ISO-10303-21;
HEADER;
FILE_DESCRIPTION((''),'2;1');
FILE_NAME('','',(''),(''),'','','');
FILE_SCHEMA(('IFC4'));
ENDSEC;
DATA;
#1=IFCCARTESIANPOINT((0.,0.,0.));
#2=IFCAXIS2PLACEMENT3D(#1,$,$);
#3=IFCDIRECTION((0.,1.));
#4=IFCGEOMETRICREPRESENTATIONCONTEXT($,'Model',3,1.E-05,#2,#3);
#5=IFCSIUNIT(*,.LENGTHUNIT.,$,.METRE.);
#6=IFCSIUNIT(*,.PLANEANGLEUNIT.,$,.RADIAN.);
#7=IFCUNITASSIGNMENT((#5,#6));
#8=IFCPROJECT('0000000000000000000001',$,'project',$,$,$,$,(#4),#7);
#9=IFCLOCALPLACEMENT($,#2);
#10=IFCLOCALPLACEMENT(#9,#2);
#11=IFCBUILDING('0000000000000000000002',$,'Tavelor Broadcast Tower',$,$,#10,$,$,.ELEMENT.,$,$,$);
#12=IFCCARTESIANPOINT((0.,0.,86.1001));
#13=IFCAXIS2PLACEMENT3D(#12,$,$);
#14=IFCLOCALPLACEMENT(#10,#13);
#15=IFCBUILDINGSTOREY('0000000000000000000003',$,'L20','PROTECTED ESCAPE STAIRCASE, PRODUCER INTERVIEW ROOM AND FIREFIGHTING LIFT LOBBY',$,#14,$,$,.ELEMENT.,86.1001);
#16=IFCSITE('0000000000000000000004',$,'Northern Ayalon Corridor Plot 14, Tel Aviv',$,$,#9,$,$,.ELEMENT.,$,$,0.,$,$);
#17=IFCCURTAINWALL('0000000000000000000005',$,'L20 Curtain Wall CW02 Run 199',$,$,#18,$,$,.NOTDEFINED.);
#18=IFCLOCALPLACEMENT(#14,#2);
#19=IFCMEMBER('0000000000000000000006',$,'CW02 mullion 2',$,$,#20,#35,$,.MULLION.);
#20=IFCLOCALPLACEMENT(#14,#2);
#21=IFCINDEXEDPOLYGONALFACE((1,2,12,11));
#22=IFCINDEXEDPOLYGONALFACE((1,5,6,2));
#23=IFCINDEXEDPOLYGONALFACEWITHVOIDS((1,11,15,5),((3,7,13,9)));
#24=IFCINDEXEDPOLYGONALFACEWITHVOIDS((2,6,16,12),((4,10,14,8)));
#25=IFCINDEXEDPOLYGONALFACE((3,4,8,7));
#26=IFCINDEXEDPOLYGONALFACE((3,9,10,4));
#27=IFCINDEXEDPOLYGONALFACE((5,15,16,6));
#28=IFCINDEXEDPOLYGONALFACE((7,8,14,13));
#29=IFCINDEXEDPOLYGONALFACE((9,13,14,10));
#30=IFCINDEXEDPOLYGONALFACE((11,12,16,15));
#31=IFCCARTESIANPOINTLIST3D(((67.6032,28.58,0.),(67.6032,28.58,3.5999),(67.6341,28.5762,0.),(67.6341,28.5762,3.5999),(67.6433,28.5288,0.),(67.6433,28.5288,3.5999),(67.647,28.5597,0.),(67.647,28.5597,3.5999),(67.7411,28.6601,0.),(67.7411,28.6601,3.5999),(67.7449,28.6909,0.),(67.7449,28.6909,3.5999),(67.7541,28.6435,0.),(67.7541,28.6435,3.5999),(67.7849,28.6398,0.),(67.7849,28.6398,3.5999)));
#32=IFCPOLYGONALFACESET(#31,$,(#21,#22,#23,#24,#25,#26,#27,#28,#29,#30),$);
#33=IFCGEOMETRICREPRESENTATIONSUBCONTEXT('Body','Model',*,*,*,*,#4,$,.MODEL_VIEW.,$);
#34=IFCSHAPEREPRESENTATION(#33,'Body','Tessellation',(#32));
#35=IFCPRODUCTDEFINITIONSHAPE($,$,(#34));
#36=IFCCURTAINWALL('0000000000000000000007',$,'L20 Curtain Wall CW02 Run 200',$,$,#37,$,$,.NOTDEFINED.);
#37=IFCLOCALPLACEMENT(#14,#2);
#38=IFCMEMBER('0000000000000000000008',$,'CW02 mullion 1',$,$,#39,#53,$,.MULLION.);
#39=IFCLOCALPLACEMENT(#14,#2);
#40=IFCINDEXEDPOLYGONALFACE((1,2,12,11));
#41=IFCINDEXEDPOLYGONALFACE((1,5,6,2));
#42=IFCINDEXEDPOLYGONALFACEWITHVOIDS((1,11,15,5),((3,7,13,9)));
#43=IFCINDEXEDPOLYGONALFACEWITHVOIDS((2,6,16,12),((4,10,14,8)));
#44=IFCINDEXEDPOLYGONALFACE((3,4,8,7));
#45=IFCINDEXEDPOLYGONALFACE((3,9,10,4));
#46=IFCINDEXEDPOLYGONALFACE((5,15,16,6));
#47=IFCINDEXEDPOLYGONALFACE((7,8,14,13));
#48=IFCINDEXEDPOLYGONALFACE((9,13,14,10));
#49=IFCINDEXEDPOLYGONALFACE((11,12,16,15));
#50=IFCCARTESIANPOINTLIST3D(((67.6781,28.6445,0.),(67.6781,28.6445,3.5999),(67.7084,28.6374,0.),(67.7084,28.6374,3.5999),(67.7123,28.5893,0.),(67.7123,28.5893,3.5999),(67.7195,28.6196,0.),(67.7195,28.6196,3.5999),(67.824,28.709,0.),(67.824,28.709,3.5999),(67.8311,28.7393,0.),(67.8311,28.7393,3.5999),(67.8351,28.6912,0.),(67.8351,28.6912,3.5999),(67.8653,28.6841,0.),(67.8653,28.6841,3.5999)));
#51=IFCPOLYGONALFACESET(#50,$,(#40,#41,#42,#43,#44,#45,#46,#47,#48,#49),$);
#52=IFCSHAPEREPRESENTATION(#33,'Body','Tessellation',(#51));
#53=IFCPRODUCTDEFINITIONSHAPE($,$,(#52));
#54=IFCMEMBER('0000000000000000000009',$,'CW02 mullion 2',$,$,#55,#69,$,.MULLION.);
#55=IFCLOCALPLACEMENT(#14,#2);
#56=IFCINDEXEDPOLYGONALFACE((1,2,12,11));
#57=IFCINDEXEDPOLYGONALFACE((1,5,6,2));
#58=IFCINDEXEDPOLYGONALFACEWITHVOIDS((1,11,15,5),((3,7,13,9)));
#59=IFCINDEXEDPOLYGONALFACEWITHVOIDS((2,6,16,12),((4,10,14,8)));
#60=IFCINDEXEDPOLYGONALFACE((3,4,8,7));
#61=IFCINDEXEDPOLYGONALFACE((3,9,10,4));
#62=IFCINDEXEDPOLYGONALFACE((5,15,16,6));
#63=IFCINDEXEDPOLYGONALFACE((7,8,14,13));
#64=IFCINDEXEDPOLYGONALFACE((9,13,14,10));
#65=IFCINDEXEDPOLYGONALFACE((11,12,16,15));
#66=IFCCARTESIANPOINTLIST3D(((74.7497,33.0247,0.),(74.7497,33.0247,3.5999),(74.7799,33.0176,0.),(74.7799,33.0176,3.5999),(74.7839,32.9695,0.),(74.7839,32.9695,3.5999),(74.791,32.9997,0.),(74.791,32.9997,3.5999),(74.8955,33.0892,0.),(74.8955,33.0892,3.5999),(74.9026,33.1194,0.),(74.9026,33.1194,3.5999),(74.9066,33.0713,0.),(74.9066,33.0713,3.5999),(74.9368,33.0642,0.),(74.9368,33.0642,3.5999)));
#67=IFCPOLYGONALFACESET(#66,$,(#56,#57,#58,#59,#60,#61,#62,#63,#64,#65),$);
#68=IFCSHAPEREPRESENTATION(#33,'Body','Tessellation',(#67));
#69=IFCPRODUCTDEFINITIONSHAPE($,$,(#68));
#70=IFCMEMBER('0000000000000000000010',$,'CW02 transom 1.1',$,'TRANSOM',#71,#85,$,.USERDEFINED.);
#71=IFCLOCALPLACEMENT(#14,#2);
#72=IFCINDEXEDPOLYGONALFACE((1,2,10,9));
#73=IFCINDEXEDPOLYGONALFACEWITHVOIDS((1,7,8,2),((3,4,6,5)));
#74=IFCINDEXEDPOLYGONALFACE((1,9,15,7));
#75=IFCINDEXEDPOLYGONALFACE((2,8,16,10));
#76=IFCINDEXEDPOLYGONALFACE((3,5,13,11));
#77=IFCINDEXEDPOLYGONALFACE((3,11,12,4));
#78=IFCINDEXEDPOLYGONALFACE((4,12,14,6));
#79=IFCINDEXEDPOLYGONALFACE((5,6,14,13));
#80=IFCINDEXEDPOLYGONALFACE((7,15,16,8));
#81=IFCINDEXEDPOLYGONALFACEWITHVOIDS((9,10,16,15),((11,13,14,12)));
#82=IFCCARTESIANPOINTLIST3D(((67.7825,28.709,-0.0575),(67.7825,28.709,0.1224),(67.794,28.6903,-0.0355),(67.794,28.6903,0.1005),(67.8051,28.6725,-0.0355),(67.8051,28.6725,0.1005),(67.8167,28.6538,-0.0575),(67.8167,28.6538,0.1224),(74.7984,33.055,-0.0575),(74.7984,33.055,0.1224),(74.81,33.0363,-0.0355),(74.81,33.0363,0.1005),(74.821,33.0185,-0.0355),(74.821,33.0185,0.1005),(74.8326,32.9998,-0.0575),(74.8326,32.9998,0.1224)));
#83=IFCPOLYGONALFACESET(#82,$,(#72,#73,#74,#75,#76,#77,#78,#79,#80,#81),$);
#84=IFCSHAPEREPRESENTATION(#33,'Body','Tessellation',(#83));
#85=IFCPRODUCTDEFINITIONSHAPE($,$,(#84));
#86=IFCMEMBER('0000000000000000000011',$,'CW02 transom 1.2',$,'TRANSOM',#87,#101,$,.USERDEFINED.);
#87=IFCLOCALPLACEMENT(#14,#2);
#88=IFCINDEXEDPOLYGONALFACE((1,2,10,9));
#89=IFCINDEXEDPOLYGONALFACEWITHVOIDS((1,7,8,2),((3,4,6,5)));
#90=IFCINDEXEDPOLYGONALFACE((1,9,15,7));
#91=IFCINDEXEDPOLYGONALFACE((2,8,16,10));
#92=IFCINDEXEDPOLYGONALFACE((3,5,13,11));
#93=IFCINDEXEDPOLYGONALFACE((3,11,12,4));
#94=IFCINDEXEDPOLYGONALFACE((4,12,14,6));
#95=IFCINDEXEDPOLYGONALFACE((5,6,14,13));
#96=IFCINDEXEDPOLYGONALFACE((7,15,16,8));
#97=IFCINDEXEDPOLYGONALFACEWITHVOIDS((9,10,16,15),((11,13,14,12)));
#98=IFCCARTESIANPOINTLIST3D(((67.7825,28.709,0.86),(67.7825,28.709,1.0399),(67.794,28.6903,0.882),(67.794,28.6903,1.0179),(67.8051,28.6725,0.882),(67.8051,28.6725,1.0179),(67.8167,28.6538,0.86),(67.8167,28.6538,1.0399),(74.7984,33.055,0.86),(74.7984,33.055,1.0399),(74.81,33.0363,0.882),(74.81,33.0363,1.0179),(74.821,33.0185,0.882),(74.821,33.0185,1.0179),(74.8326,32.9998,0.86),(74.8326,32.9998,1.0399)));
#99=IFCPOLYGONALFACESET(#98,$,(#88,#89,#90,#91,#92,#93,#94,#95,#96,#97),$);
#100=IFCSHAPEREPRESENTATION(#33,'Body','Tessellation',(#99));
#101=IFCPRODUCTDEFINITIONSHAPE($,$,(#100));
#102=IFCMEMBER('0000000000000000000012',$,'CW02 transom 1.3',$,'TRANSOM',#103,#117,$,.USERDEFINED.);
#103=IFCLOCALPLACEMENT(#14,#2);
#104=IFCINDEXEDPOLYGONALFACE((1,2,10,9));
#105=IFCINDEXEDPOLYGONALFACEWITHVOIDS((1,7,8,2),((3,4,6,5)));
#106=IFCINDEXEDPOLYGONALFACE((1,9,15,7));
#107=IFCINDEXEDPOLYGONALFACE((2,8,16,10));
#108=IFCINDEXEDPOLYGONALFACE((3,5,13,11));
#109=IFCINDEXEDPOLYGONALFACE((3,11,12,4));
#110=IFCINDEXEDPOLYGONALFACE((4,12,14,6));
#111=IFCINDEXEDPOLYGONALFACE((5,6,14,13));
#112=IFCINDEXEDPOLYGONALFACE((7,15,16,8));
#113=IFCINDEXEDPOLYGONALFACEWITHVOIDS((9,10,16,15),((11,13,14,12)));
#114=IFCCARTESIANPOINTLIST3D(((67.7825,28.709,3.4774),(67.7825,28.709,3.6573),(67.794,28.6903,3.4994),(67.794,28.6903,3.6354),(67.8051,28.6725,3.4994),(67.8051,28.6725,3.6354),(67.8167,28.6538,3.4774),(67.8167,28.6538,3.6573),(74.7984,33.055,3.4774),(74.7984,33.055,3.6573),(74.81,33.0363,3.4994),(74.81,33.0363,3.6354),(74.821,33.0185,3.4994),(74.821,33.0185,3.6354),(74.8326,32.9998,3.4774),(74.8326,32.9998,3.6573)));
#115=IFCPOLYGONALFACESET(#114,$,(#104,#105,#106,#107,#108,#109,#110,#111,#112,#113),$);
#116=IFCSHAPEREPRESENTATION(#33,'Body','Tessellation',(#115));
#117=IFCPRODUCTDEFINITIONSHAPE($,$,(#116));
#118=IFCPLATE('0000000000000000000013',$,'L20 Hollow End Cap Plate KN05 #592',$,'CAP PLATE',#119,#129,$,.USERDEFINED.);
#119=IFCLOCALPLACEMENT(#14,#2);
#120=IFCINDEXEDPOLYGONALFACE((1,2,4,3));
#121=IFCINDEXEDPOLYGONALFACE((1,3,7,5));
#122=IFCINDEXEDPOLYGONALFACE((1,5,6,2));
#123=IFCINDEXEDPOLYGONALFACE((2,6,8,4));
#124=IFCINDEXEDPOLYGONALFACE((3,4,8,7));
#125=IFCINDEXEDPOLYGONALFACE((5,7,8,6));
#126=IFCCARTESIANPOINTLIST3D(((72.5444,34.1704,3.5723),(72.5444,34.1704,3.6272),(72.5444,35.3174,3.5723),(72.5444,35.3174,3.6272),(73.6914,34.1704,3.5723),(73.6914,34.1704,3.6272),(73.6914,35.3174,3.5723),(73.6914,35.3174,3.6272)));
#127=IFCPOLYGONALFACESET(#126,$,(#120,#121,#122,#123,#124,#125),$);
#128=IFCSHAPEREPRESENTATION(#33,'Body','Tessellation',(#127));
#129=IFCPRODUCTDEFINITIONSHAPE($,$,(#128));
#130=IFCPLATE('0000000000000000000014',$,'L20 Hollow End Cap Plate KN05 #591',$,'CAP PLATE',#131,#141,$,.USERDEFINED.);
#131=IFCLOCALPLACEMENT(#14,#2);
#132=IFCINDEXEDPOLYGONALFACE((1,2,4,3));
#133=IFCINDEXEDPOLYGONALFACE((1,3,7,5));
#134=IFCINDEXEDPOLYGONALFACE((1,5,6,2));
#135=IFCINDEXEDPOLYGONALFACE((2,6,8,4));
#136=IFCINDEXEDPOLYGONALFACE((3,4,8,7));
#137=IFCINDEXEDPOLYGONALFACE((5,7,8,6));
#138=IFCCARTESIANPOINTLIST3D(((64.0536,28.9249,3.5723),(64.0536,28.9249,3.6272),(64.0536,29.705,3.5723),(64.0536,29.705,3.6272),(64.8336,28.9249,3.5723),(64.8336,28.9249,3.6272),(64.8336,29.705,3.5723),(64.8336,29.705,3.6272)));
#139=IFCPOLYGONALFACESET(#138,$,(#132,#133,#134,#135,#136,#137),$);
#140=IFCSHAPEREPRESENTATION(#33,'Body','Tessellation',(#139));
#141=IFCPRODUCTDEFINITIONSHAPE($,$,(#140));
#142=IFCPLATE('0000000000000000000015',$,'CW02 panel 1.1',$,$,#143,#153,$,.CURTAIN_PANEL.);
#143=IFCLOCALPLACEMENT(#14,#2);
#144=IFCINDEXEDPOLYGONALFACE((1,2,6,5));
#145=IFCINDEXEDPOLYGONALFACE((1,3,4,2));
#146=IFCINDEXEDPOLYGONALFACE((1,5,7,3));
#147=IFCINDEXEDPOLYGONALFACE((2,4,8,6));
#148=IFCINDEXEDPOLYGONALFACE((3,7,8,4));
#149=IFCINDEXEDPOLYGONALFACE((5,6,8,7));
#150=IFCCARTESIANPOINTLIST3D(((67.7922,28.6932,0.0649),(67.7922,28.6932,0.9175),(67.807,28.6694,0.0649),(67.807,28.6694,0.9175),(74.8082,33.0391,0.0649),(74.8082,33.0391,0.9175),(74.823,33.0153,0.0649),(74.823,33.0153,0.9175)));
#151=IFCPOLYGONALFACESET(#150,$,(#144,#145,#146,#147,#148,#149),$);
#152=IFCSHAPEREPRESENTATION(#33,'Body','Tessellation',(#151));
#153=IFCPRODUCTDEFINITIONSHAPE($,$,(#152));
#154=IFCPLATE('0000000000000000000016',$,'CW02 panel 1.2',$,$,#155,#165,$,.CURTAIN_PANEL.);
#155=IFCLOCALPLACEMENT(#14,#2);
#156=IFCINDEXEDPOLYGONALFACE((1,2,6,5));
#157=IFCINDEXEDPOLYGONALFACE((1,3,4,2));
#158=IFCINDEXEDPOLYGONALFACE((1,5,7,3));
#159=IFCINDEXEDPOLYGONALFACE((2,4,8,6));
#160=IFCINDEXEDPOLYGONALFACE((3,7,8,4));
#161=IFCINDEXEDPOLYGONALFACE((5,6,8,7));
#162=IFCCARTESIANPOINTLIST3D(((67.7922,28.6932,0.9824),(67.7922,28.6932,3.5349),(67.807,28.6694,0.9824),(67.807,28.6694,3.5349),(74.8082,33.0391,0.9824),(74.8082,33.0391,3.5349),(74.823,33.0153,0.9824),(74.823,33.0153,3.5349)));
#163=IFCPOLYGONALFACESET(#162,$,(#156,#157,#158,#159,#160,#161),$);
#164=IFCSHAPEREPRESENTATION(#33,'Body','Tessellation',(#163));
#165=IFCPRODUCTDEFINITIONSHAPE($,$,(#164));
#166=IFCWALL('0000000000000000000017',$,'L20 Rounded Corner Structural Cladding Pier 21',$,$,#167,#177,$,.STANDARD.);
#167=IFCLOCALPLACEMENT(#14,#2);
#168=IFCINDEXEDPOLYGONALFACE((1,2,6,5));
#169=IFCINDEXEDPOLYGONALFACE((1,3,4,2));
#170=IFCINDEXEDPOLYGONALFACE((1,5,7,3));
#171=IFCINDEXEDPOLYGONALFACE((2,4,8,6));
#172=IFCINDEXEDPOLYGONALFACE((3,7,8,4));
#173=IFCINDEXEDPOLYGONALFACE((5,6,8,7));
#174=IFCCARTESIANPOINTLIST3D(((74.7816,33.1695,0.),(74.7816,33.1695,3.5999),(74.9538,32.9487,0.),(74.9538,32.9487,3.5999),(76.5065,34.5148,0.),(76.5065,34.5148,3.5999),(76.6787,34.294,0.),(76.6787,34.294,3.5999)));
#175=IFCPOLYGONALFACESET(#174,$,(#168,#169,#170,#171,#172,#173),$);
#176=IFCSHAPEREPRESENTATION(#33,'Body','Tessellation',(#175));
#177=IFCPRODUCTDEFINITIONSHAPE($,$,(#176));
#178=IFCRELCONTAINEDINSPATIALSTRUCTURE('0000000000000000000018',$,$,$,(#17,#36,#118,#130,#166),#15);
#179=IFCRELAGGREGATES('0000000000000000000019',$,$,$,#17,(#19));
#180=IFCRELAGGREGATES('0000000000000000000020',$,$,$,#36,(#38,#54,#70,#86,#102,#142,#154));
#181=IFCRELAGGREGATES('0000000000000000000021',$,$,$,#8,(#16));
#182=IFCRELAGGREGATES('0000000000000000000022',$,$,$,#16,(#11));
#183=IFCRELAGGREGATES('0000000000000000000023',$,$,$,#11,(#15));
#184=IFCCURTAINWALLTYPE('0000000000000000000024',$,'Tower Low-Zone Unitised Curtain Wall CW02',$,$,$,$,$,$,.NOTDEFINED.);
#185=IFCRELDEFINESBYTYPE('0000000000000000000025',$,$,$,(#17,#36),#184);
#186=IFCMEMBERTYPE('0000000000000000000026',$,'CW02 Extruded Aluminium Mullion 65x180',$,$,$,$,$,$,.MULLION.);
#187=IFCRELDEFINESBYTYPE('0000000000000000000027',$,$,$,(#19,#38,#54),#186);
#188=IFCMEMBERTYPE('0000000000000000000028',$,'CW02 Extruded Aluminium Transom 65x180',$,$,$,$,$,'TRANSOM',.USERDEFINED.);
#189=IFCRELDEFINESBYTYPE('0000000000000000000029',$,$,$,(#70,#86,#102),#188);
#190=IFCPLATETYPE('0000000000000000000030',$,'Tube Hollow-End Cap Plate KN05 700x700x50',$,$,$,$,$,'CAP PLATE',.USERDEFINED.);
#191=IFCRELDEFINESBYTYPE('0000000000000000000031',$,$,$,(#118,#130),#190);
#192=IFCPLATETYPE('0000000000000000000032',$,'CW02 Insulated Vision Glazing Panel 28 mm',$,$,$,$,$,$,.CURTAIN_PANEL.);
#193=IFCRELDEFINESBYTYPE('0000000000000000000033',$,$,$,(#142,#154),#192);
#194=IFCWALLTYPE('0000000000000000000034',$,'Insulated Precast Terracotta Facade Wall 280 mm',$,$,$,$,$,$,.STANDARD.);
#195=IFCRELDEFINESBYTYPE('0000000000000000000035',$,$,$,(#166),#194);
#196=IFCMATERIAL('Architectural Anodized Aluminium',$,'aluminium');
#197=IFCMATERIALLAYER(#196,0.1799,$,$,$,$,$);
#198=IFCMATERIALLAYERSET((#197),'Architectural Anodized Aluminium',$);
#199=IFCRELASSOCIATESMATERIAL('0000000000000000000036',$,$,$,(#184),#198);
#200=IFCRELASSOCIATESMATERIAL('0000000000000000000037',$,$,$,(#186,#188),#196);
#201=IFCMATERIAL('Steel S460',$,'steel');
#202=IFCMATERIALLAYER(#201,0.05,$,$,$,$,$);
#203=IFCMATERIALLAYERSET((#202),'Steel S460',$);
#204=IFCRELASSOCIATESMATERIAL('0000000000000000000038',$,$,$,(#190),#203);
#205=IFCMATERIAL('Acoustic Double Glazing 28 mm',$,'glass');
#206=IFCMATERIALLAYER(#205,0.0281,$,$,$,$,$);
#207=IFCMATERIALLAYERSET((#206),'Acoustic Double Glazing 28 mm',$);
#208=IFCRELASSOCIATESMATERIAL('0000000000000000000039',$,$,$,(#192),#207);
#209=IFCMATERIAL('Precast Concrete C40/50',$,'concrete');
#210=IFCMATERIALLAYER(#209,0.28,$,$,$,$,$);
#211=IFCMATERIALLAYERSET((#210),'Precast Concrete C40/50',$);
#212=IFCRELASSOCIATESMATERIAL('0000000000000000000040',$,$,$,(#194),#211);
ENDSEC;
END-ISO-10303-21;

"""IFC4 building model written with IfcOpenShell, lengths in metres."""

from ifc_helpers import new_model, si_unit, direction, frame, frame_2d, origin, origin_2d, place, context, subcontext, project, spatial, rectangle, hollow_rectangle, extrude, source, transform, mapped, material, layer, layer_set, material_profile, profile_set, type_object, type_shapes, element, aggregate, save


model = new_model("IFC4")

# Units and contexts
model_context = context("Model", 3, precision=1e-05, world=origin(), true_north=direction((0.0, 1.0)))
body_context = subcontext(model_context, "Body", "Model", "MODEL_VIEW")
ifc_project = project(units=[si_unit("LENGTHUNIT", "METRE"), si_unit("PLANEANGLEUNIT", "RADIAN")], contexts=[model_context])

# Site, building, storey
site_placement = place(None, origin())
site = spatial("IfcSite", under=ifc_project, at=site_placement, Name="Northern Ayalon Corridor Plot 14, Tel Aviv", CompositionType="ELEMENT", RefElevation=0.0)
building_placement = place(site_placement, origin())
building = spatial("IfcBuilding", under=site, at=building_placement, Name="Tavelor Broadcast Tower", CompositionType="ELEMENT")
storey_placement = place(building_placement, frame((0.0, 0.0, 86.1001)))
storey = spatial("IfcBuildingStorey", under=building, at=storey_placement, Name="L20", Description="PROTECTED ESCAPE STAIRCASE, PRODUCER INTERVIEW ROOM AND FIREFIGHTING LIFT LOBBY", CompositionType="ELEMENT", Elevation=86.1001)

# Shared definitions
ifc_material_1 = material(Name="Steel S460", Category="steel")

# Curtain wall, member
ifc_material_2 = material(Name="Architectural Anodized Aluminium", Category="aluminium")
ifc_layer_1 = layer(ifc_material_2, 0.1799)
ifc_layer_set_1 = layer_set([ifc_layer_1], Name="Architectural Anodized Aluminium")
curtain_wall_type = type_object("IfcCurtainWallType", Name="Tower Low-Zone Unitised Curtain Wall CW02", PredefinedType="NOTDEFINED", material=ifc_layer_set_1)
curtain_wall_1_placement = place(storey_placement, origin())
curtain_wall_1 = element("IfcCurtainWall", 1, at=curtain_wall_1_placement, inside=storey, type_object=curtain_wall_type, Name="L20 Curtain Wall CW02 Run 199", PredefinedType="NOTDEFINED")
ifc_material_profile_1 = material_profile(ifc_material_2, hollow_rectangle(XDim=0.0649, YDim=0.1799, WallThickness=0.022, at=origin_2d()), Name="RHS 65x180x22")
ifc_profile_set_1 = profile_set([ifc_material_profile_1], Name="Architectural Anodized Aluminium")
member_type_1 = type_object("IfcMemberType", Name="CW02 Extruded Aluminium Mullion 65x180", PredefinedType="MULLION", material=ifc_profile_set_1)
shared_shape_1 = source(origin(), body_context, "Body", "SweptSolid", [
    extrude(hollow_rectangle(XDim=0.0649, YDim=0.1799, WallThickness=0.022, at=origin_2d()), origin(), (0.0, 0.0, 1.0), 3.5999),
])
type_shapes(member_type_1, [shared_shape_1])
member_1_placement = place(storey_placement, frame((67.6941, 28.6099, 0.0), z_axis=(0.0, 0.0, 1.0), x_axis=(-0.616577, 0.787295, 0.0)))
member_1 = element("IfcMember", 2, at=member_1_placement, type_object=member_type_1, Name="CW02 mullion 2", PredefinedType="MULLION", context=body_context, shape_type="MappedRepresentation", body=[
    mapped(shared_shape_1, transform((0.0, 0.0, 0.0), scale=1.0)),
])
aggregate(curtain_wall_1, [member_1])

# Curtain wall, members
curtain_wall_2_placement = place(storey_placement, origin())
curtain_wall_2 = element("IfcCurtainWall", 3, at=curtain_wall_2_placement, inside=storey, type_object=curtain_wall_type, Name="L20 Curtain Wall CW02 Run 200", PredefinedType="NOTDEFINED")
member_2_placement = place(storey_placement, frame((67.7717, 28.6643, 0.0), z_axis=(0.0, 0.0, 1.0), x_axis=(-0.526587, 0.850121, 0.0)))
member_2 = element("IfcMember", 4, at=member_2_placement, type_object=member_type_1, Name="CW02 mullion 1", PredefinedType="MULLION", context=body_context, shape_type="MappedRepresentation", body=[
    mapped(shared_shape_1, transform((0.0, 0.0, 0.0), scale=1.0)),
])
member_3_placement = place(storey_placement, frame((74.8433, 33.0444, 0.0), z_axis=(0.0, 0.0, 1.0), x_axis=(-0.526587, 0.850121, 0.0)))
member_3 = element("IfcMember", 5, at=member_3_placement, type_object=member_type_1, Name="CW02 mullion 2", PredefinedType="MULLION", context=body_context, shape_type="MappedRepresentation", body=[
    mapped(shared_shape_1, transform((0.0, 0.0, 0.0), scale=1.0)),
])
ifc_material_profile_2 = material_profile(ifc_material_2, hollow_rectangle(XDim=0.0649, YDim=0.1799, WallThickness=0.022, at=origin_2d()), Name="RHS 65x180x22")
ifc_profile_set_2 = profile_set([ifc_material_profile_2], Name="Architectural Anodized Aluminium")
member_type_2 = type_object("IfcMemberType", Name="CW02 Extruded Aluminium Transom 65x180", ElementType="TRANSOM", PredefinedType="USERDEFINED", material=ifc_profile_set_2)
shared_shape_2 = source(origin(), body_context, "Body", "SweptSolid", [
    extrude(hollow_rectangle(XDim=0.0649, YDim=0.1799, WallThickness=0.022, at=origin_2d()), origin(), (0.0, 0.0, 1.0), 8.2529),
])
type_shapes(member_type_2, [shared_shape_2])
member_4_placement = place(storey_placement, frame((67.7996, 28.6814, 0.0325), z_axis=(0.850114, 0.526599, 0.0), x_axis=(-0.526599, 0.850114, 0.0)))
member_4 = element("IfcMember", 6, at=member_4_placement, type_object=member_type_2, Name="CW02 transom 1.1", ObjectType="TRANSOM", PredefinedType="USERDEFINED", context=body_context, shape_type="MappedRepresentation", body=[
    mapped(shared_shape_2, transform((0.0, 0.0, 0.0), scale=1.0)),
])
member_5_placement = place(storey_placement, frame((67.7996, 28.6814, 0.95), z_axis=(0.850114, 0.526599, 0.0), x_axis=(-0.526599, 0.850114, 0.0)))
member_5 = element("IfcMember", 7, at=member_5_placement, type_object=member_type_2, Name="CW02 transom 1.2", ObjectType="TRANSOM", PredefinedType="USERDEFINED", context=body_context, shape_type="MappedRepresentation", body=[
    mapped(shared_shape_2, transform((0.0, 0.0, 0.0), scale=1.0)),
])
member_6_placement = place(storey_placement, frame((67.7996, 28.6814, 3.5674), z_axis=(0.850114, 0.526599, 0.0), x_axis=(-0.526599, 0.850114, 0.0)))
member_6 = element("IfcMember", 8, at=member_6_placement, type_object=member_type_2, Name="CW02 transom 1.3", ObjectType="TRANSOM", PredefinedType="USERDEFINED", context=body_context, shape_type="MappedRepresentation", body=[
    mapped(shared_shape_2, transform((0.0, 0.0, 0.0), scale=1.0)),
])

# Plates
ifc_layer_2 = layer(ifc_material_1, 0.05)
ifc_layer_set_2 = layer_set([ifc_layer_2], Name="Steel S460")
plate_type_1 = type_object("IfcPlateType", Name="Tube Hollow-End Cap Plate KN05 700x700x50", ElementType="CAP PLATE", PredefinedType="USERDEFINED", material=ifc_layer_set_2)
shared_shape_3 = source(origin(), body_context, "Body", "SweptSolid", [
    extrude(rectangle(XDim=1.147, YDim=1.147, at=origin_2d()), origin(), (0.0, 0.0, 1.0), 0.0549),
])
plate_1_placement = place(storey_placement, frame((73.1179, 34.7439, 3.5723), z_axis=(0.0, 0.0, 1.0), x_axis=(1.0, 0.0, 0.0)))
element("IfcPlate", 9, at=plate_1_placement, inside=storey, type_object=plate_type_1, Name="L20 Hollow End Cap Plate KN05 #592", ObjectType="CAP PLATE", PredefinedType="USERDEFINED", context=body_context, shape_type="MappedRepresentation", body=[
    mapped(shared_shape_3, transform((0.0, 0.0, 0.0), scale=1.0)),
])
shared_shape_4 = source(origin(), body_context, "Body", "SweptSolid", [
    extrude(rectangle(XDim=0.78, YDim=0.78, at=origin_2d()), origin(), (0.0, 0.0, 1.0), 0.0549),
])
type_shapes(plate_type_1, [shared_shape_3, shared_shape_4])
plate_2_placement = place(storey_placement, frame((64.4436, 29.3149, 3.5723), z_axis=(0.0, 0.0, 1.0), x_axis=(1.0, 0.0, 0.0)))
element("IfcPlate", 10, at=plate_2_placement, inside=storey, type_object=plate_type_1, Name="L20 Hollow End Cap Plate KN05 #591", ObjectType="CAP PLATE", PredefinedType="USERDEFINED", context=body_context, shape_type="MappedRepresentation", body=[
    mapped(shared_shape_4, transform((0.0, 0.0, 0.0), scale=1.0)),
])

# Plates
ifc_material_3 = material(Name="Acoustic Double Glazing 28 mm", Category="glass")
ifc_layer_3 = layer(ifc_material_3, 0.0281)
ifc_layer_set_3 = layer_set([ifc_layer_3], Name="Acoustic Double Glazing 28 mm")
plate_type_2 = type_object("IfcPlateType", Name="CW02 Insulated Vision Glazing Panel 28 mm", PredefinedType="CURTAIN_PANEL", material=ifc_layer_set_3)
shared_shape_5 = source(origin(), body_context, "Body", "SweptSolid", [
    extrude(rectangle(XDim=8.2529, YDim=0.0281, at=origin_2d()), origin(), (0.0, 0.0, 1.0), 0.8525),
])
plate_3_placement = place(storey_placement, frame((71.3076, 30.8542, 0.0649), z_axis=(0.0, 0.0, 1.0), x_axis=(0.850121, 0.526587, 0.0)))
plate_3 = element("IfcPlate", 11, at=plate_3_placement, type_object=plate_type_2, Name="CW02 panel 1.1", PredefinedType="CURTAIN_PANEL", context=body_context, shape_type="MappedRepresentation", body=[
    mapped(shared_shape_5, transform((0.0, 0.0, 0.0), scale=1.0)),
])
shared_shape_6 = source(origin(), body_context, "Body", "SweptSolid", [
    extrude(rectangle(XDim=8.2529, YDim=0.0281, at=origin_2d()), origin(), (0.0, 0.0, 1.0), 2.5525),
])
type_shapes(plate_type_2, [shared_shape_5, shared_shape_6])
plate_4_placement = place(storey_placement, frame((71.3076, 30.8542, 0.9824), z_axis=(0.0, 0.0, 1.0), x_axis=(0.850121, 0.526587, 0.0)))
plate_4 = element("IfcPlate", 12, at=plate_4_placement, type_object=plate_type_2, Name="CW02 panel 1.2", PredefinedType="CURTAIN_PANEL", context=body_context, shape_type="MappedRepresentation", body=[
    mapped(shared_shape_6, transform((0.0, 0.0, 0.0), scale=1.0)),
])
aggregate(curtain_wall_2, [member_2, member_3, member_4, member_5, member_6, plate_3, plate_4])

# Wall
ifc_material_4 = material(Name="Precast Concrete C40/50", Category="concrete")
ifc_layer_4 = layer(ifc_material_4, 0.28)
ifc_layer_set_4 = layer_set([ifc_layer_4], Name="Precast Concrete C40/50")
wall_type_1 = type_object("IfcWallType", Name="Insulated Precast Terracotta Facade Wall 280 mm", PredefinedType="STANDARD", material=ifc_layer_set_4)
wall_1_placement = place(storey_placement, frame((74.8677, 33.0591, 0.0), z_axis=(0.0, 0.0, 1.0), x_axis=(0.78854, 0.614983, 0.0)))
element("IfcWall", 13, at=wall_1_placement, inside=storey, type_object=wall_type_1, Name="L20 Rounded Corner Structural Cladding Pier 21", PredefinedType="STANDARD", context=body_context, shape_type="SweptSolid", body=[
    extrude(rectangle(XDim=2.1875, YDim=0.28, at=frame_2d((1.0938, 0.0))), origin(), (0.0, 0.0, 1.0), 3.5999),
])

save(model, "model.ifc")
